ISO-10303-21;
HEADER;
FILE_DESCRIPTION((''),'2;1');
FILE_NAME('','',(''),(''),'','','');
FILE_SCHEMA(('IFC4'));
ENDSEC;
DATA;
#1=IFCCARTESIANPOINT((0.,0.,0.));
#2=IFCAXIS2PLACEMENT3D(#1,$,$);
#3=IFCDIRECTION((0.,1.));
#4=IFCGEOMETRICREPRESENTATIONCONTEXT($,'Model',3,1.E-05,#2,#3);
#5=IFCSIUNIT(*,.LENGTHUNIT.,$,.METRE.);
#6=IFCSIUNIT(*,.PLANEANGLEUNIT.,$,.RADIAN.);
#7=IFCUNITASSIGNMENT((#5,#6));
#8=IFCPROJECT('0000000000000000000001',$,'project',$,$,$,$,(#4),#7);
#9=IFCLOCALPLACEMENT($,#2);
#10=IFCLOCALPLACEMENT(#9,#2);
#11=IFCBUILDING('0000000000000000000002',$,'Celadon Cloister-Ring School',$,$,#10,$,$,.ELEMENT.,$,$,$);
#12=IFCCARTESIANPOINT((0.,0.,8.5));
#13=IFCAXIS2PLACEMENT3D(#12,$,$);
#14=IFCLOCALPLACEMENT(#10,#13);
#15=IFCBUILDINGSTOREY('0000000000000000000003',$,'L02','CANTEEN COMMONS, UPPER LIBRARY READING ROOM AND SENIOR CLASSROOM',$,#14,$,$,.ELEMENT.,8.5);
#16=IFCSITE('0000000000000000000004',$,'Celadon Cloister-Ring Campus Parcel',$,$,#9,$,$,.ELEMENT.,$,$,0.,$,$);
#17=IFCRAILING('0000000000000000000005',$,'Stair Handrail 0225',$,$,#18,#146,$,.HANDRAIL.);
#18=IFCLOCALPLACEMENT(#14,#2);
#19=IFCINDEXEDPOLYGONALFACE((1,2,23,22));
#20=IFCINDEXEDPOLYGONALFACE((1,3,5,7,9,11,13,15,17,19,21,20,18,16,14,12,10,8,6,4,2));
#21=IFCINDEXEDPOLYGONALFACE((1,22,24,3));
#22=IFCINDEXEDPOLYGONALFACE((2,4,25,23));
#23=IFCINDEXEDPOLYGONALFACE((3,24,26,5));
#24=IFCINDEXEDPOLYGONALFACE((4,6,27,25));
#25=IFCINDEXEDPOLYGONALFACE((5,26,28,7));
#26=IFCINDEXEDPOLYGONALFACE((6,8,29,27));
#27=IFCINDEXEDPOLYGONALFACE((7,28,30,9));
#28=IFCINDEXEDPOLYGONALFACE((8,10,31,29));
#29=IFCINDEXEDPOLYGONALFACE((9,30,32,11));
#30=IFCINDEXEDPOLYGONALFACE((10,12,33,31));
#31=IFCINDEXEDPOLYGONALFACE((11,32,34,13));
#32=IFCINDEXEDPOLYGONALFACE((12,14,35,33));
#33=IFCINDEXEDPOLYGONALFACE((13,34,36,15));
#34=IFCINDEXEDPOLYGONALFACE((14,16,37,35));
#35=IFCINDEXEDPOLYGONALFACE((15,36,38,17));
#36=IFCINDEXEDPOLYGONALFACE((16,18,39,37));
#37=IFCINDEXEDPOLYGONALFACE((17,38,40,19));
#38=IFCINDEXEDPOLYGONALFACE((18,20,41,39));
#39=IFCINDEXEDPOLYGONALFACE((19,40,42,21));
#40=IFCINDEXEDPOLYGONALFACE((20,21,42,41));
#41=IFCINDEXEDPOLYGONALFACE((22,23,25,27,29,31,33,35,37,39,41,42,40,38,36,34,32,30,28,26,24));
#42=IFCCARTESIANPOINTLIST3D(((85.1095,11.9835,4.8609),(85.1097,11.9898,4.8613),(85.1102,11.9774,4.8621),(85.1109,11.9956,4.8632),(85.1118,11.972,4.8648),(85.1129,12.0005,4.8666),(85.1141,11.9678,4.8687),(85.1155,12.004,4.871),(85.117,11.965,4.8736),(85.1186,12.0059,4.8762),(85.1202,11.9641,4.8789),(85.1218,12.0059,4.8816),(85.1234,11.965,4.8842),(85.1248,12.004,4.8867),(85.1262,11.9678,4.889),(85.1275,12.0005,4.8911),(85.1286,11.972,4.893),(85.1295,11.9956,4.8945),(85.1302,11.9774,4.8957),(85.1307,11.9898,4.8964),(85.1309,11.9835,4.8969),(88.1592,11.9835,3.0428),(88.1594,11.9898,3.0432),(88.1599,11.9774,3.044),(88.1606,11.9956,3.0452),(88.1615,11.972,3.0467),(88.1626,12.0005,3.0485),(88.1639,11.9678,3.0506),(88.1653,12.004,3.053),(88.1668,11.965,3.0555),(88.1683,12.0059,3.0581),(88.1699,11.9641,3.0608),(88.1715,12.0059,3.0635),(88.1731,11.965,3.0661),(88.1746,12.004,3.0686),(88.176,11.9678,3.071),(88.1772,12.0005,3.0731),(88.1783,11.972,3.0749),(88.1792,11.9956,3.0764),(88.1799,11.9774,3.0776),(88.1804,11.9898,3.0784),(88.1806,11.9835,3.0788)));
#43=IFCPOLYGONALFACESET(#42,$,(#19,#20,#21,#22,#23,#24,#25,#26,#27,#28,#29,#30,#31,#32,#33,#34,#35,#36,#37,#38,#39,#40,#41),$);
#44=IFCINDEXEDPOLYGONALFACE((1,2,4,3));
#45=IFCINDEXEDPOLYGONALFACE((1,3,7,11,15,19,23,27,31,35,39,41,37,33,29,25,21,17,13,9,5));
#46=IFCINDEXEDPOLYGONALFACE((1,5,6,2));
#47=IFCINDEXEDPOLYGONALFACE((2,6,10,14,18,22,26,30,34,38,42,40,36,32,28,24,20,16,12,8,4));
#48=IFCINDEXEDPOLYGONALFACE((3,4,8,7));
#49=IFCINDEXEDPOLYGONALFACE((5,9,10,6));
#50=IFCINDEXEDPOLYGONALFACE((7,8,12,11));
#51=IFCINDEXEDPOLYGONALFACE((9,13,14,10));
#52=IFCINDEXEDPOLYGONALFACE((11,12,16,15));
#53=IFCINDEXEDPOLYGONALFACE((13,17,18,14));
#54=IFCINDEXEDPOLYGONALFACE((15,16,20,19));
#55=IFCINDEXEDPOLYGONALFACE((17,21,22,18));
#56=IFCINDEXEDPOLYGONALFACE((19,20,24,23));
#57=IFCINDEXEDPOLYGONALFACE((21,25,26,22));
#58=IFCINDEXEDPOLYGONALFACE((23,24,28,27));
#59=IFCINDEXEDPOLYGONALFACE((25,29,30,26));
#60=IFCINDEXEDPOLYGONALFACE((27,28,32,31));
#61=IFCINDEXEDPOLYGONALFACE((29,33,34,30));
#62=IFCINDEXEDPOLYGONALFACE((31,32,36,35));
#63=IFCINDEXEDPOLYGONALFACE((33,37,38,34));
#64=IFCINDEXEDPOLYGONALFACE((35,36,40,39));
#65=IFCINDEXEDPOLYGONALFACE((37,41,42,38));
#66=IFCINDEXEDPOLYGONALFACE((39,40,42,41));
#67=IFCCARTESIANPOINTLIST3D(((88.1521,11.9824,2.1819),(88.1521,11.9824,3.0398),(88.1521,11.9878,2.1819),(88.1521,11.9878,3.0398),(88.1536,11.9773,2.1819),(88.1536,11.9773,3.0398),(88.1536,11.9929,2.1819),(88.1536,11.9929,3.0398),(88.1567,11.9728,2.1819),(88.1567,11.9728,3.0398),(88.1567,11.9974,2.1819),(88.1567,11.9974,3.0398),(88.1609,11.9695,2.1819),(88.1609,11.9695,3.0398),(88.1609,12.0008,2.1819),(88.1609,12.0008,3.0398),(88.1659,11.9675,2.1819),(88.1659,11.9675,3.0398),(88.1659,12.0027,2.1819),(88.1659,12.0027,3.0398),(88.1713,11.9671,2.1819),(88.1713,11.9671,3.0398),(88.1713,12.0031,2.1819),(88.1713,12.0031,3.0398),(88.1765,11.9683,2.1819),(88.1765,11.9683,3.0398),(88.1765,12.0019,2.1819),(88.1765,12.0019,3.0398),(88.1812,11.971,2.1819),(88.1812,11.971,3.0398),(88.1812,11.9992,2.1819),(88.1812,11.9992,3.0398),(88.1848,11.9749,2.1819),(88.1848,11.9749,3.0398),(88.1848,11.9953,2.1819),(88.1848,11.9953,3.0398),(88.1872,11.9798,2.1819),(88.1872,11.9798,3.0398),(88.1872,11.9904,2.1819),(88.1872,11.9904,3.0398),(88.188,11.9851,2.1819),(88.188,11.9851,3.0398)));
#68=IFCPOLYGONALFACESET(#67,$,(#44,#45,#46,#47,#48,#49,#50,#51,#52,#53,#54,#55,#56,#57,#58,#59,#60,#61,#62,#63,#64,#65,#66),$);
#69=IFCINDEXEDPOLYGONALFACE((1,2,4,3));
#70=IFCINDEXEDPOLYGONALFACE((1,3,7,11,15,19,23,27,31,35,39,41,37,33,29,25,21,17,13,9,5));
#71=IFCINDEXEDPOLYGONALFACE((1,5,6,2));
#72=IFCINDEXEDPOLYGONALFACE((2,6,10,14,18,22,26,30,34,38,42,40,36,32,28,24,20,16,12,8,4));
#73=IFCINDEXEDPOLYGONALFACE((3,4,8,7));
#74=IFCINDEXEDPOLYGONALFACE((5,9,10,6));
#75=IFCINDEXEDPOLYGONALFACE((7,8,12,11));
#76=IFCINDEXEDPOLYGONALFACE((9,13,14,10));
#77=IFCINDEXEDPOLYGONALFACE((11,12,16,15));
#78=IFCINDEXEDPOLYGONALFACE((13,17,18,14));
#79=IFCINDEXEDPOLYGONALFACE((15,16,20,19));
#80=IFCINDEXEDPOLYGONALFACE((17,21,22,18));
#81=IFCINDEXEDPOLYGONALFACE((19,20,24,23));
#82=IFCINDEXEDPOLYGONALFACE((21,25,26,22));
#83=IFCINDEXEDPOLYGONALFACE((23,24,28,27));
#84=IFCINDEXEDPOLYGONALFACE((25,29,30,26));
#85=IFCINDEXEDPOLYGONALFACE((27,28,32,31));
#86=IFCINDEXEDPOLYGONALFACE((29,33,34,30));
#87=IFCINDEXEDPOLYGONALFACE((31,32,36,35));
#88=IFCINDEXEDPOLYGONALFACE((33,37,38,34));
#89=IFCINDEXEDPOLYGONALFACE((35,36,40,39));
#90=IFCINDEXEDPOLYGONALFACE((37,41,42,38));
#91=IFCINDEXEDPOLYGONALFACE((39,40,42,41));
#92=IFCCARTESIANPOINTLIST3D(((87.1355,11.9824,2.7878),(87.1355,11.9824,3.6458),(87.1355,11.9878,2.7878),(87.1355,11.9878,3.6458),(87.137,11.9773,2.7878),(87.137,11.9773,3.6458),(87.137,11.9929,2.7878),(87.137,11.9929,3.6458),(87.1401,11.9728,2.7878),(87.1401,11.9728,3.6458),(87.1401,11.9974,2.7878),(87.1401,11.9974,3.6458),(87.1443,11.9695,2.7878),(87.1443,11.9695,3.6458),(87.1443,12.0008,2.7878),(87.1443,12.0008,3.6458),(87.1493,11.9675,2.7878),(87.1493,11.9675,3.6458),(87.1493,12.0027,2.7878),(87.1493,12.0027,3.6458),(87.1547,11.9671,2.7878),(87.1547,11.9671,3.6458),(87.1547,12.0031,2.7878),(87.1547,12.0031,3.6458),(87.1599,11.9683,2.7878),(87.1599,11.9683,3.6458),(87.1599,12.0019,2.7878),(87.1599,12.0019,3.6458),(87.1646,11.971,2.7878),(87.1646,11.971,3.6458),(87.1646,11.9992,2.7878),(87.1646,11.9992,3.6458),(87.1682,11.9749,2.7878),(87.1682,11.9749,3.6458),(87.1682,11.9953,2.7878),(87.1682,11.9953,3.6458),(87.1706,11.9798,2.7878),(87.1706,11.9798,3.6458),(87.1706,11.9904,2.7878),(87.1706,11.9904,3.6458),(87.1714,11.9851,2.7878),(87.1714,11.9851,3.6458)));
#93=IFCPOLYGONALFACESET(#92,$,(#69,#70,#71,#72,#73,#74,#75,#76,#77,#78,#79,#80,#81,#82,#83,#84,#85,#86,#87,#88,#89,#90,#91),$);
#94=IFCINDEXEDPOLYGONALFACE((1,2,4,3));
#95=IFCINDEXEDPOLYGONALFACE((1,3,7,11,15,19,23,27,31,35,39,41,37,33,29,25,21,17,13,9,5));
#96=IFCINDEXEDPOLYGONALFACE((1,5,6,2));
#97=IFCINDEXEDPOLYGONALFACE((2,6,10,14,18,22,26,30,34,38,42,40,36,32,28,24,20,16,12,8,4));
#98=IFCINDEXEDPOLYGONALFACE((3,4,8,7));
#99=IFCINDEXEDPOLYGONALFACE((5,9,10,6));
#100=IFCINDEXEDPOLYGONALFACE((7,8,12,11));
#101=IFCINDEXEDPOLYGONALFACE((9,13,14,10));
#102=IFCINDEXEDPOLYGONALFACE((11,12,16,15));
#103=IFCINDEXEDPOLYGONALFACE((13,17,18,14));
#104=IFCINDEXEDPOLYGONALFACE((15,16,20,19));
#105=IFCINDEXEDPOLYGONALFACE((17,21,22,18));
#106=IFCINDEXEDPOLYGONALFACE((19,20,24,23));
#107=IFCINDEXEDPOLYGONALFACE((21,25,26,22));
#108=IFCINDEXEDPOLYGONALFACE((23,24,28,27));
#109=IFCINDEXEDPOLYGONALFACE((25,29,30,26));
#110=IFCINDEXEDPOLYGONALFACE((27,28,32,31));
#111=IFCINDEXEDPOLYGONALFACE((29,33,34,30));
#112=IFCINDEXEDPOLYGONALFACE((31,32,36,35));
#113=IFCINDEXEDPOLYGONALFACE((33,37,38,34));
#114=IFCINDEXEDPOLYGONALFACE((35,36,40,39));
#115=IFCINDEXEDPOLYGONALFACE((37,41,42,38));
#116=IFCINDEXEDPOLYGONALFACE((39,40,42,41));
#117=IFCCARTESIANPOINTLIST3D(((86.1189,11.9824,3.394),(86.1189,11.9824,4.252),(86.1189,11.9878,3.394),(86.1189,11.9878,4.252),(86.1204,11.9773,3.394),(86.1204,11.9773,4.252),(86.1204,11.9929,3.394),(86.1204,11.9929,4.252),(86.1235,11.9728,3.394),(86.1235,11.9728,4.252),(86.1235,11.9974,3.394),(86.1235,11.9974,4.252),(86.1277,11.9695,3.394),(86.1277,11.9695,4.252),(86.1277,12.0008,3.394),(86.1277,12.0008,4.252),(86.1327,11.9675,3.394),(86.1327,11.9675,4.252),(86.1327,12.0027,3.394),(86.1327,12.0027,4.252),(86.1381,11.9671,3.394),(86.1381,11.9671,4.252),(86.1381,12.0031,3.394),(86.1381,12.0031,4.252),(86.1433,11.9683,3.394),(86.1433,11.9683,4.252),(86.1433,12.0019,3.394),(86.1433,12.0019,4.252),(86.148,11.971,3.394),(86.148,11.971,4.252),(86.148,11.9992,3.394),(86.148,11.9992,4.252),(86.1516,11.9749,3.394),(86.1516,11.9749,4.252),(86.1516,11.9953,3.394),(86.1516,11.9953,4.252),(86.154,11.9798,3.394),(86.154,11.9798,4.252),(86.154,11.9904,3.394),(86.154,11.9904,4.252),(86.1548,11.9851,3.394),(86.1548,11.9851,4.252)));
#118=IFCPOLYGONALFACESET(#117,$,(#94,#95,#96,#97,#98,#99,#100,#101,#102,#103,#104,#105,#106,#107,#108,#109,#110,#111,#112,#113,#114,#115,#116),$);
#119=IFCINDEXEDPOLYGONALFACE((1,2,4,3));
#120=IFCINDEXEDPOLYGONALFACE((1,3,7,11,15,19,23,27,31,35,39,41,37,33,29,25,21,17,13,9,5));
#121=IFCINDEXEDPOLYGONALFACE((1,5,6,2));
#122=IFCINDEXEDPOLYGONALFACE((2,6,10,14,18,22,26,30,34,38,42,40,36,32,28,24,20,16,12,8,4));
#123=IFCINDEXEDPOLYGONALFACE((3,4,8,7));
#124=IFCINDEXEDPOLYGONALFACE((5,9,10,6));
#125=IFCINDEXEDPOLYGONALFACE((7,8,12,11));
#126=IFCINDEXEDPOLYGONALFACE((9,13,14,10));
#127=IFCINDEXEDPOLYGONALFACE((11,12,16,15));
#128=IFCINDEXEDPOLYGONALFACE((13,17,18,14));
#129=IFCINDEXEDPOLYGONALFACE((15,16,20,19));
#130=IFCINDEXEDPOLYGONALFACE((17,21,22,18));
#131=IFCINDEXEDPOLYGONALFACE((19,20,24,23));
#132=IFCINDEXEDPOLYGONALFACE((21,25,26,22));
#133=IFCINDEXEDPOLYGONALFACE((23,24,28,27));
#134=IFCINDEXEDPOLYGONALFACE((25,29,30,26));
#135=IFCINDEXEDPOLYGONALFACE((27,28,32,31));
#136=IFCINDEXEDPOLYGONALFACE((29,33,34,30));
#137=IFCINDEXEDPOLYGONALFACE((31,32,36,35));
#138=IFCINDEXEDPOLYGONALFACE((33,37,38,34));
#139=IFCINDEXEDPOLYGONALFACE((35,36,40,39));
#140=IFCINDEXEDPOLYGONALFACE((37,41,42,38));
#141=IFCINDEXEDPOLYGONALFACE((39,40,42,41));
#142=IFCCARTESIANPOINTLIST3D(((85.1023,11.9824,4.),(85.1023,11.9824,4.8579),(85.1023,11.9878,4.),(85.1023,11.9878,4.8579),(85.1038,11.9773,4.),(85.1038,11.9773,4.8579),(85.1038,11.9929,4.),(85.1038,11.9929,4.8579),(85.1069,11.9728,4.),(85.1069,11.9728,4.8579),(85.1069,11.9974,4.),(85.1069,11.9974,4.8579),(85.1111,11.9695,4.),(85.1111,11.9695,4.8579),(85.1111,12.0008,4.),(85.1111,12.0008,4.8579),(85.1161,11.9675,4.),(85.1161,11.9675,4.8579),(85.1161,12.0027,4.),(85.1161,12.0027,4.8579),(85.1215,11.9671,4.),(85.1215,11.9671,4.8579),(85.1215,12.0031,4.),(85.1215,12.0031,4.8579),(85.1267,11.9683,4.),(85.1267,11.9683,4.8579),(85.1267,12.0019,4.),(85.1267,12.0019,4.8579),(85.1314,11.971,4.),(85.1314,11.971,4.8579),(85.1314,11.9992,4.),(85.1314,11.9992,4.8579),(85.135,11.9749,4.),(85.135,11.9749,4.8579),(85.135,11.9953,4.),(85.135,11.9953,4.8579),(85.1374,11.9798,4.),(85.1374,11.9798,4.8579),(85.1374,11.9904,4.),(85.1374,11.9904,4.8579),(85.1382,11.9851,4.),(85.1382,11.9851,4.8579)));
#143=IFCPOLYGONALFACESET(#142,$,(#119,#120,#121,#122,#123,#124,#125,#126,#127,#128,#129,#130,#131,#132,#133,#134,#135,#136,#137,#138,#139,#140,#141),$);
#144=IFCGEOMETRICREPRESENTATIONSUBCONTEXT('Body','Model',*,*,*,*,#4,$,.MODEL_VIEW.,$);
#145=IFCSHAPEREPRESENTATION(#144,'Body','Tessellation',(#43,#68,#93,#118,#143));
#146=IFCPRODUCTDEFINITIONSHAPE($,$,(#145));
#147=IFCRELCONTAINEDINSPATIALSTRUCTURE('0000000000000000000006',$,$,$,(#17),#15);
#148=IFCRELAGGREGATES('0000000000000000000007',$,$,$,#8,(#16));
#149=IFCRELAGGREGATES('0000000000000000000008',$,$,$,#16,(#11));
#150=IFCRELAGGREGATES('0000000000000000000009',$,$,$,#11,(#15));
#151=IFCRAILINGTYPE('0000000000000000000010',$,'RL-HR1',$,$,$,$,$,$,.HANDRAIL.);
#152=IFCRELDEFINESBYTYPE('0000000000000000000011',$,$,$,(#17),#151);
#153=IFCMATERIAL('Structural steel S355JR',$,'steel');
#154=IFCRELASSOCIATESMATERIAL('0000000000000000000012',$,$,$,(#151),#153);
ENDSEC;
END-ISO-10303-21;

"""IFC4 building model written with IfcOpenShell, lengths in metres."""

from ifc_helpers import new_model, si_unit, direction, frame, origin, origin_2d, place, context, subcontext, project, spatial, circle, extrude, material, type_object, element, save


model = new_model("IFC4")

# Units and contexts
model_context = context("Model", 3, precision=1e-05, world=origin(), true_north=direction((0.0, 1.0)))
body_context = subcontext(model_context, "Body", "Model", "MODEL_VIEW")
ifc_project = project(units=[si_unit("LENGTHUNIT", "METRE"), si_unit("PLANEANGLEUNIT", "RADIAN")], contexts=[model_context])

# Site, building, storey
site_placement = place(None, origin())
site = spatial("IfcSite", under=ifc_project, at=site_placement, Name="Celadon Cloister-Ring Campus Parcel", CompositionType="ELEMENT", RefElevation=0.0)
building_placement = place(site_placement, origin())
building = spatial("IfcBuilding", under=site, at=building_placement, Name="Celadon Cloister-Ring School", CompositionType="ELEMENT")
storey_placement = place(building_placement, frame((0.0, 0.0, 8.5)))
storey = spatial("IfcBuildingStorey", under=building, at=storey_placement, Name="L02", Description="CANTEEN COMMONS, UPPER LIBRARY READING ROOM AND SENIOR CLASSROOM", CompositionType="ELEMENT", Elevation=8.5)

# Railing
ifc_material_1 = material(Name="Structural steel S355JR", Category="steel")
railing_type_1 = type_object("IfcRailingType", Name="RL-HR1", PredefinedType="HANDRAIL", material=ifc_material_1)
for number, where, name in (
    (1, (88.1699, 11.9851, 2.1819), "Stair Handrail 0225"),
):
    element("IfcRailing", number, at=place(storey_placement, frame(where)), inside=storey, type_object=railing_type_1, Name=name, PredefinedType="HANDRAIL", context=body_context, shape_type="SweptSolid", body=[
        extrude(circle(Radius=0.021, at=origin_2d()), frame((0.0, 0.0, 0.8789), z_axis=(-0.858952, 0.0, 0.512057), x_axis=(0.0, -1.0, 0.0)), (0.0, 0.0, 1.0), 3.5505),
        extrude(circle(Radius=0.0181, at=origin_2d()), origin(), (0.0, 0.0, 1.0), 0.8579),
        extrude(circle(Radius=0.0181, at=origin_2d()), frame((-1.0166, 0.0, 0.606)), (0.0, 0.0, 1.0), 0.8579),
        extrude(circle(Radius=0.0181, at=origin_2d()), frame((-2.0332, 0.0, 1.2122)), (0.0, 0.0, 1.0), 0.8579),
        extrude(circle(Radius=0.0181, at=origin_2d()), frame((-3.0498, 0.0, 1.8181)), (0.0, 0.0, 1.0), 0.8579),
    ])

save(model, "model.ifc")
